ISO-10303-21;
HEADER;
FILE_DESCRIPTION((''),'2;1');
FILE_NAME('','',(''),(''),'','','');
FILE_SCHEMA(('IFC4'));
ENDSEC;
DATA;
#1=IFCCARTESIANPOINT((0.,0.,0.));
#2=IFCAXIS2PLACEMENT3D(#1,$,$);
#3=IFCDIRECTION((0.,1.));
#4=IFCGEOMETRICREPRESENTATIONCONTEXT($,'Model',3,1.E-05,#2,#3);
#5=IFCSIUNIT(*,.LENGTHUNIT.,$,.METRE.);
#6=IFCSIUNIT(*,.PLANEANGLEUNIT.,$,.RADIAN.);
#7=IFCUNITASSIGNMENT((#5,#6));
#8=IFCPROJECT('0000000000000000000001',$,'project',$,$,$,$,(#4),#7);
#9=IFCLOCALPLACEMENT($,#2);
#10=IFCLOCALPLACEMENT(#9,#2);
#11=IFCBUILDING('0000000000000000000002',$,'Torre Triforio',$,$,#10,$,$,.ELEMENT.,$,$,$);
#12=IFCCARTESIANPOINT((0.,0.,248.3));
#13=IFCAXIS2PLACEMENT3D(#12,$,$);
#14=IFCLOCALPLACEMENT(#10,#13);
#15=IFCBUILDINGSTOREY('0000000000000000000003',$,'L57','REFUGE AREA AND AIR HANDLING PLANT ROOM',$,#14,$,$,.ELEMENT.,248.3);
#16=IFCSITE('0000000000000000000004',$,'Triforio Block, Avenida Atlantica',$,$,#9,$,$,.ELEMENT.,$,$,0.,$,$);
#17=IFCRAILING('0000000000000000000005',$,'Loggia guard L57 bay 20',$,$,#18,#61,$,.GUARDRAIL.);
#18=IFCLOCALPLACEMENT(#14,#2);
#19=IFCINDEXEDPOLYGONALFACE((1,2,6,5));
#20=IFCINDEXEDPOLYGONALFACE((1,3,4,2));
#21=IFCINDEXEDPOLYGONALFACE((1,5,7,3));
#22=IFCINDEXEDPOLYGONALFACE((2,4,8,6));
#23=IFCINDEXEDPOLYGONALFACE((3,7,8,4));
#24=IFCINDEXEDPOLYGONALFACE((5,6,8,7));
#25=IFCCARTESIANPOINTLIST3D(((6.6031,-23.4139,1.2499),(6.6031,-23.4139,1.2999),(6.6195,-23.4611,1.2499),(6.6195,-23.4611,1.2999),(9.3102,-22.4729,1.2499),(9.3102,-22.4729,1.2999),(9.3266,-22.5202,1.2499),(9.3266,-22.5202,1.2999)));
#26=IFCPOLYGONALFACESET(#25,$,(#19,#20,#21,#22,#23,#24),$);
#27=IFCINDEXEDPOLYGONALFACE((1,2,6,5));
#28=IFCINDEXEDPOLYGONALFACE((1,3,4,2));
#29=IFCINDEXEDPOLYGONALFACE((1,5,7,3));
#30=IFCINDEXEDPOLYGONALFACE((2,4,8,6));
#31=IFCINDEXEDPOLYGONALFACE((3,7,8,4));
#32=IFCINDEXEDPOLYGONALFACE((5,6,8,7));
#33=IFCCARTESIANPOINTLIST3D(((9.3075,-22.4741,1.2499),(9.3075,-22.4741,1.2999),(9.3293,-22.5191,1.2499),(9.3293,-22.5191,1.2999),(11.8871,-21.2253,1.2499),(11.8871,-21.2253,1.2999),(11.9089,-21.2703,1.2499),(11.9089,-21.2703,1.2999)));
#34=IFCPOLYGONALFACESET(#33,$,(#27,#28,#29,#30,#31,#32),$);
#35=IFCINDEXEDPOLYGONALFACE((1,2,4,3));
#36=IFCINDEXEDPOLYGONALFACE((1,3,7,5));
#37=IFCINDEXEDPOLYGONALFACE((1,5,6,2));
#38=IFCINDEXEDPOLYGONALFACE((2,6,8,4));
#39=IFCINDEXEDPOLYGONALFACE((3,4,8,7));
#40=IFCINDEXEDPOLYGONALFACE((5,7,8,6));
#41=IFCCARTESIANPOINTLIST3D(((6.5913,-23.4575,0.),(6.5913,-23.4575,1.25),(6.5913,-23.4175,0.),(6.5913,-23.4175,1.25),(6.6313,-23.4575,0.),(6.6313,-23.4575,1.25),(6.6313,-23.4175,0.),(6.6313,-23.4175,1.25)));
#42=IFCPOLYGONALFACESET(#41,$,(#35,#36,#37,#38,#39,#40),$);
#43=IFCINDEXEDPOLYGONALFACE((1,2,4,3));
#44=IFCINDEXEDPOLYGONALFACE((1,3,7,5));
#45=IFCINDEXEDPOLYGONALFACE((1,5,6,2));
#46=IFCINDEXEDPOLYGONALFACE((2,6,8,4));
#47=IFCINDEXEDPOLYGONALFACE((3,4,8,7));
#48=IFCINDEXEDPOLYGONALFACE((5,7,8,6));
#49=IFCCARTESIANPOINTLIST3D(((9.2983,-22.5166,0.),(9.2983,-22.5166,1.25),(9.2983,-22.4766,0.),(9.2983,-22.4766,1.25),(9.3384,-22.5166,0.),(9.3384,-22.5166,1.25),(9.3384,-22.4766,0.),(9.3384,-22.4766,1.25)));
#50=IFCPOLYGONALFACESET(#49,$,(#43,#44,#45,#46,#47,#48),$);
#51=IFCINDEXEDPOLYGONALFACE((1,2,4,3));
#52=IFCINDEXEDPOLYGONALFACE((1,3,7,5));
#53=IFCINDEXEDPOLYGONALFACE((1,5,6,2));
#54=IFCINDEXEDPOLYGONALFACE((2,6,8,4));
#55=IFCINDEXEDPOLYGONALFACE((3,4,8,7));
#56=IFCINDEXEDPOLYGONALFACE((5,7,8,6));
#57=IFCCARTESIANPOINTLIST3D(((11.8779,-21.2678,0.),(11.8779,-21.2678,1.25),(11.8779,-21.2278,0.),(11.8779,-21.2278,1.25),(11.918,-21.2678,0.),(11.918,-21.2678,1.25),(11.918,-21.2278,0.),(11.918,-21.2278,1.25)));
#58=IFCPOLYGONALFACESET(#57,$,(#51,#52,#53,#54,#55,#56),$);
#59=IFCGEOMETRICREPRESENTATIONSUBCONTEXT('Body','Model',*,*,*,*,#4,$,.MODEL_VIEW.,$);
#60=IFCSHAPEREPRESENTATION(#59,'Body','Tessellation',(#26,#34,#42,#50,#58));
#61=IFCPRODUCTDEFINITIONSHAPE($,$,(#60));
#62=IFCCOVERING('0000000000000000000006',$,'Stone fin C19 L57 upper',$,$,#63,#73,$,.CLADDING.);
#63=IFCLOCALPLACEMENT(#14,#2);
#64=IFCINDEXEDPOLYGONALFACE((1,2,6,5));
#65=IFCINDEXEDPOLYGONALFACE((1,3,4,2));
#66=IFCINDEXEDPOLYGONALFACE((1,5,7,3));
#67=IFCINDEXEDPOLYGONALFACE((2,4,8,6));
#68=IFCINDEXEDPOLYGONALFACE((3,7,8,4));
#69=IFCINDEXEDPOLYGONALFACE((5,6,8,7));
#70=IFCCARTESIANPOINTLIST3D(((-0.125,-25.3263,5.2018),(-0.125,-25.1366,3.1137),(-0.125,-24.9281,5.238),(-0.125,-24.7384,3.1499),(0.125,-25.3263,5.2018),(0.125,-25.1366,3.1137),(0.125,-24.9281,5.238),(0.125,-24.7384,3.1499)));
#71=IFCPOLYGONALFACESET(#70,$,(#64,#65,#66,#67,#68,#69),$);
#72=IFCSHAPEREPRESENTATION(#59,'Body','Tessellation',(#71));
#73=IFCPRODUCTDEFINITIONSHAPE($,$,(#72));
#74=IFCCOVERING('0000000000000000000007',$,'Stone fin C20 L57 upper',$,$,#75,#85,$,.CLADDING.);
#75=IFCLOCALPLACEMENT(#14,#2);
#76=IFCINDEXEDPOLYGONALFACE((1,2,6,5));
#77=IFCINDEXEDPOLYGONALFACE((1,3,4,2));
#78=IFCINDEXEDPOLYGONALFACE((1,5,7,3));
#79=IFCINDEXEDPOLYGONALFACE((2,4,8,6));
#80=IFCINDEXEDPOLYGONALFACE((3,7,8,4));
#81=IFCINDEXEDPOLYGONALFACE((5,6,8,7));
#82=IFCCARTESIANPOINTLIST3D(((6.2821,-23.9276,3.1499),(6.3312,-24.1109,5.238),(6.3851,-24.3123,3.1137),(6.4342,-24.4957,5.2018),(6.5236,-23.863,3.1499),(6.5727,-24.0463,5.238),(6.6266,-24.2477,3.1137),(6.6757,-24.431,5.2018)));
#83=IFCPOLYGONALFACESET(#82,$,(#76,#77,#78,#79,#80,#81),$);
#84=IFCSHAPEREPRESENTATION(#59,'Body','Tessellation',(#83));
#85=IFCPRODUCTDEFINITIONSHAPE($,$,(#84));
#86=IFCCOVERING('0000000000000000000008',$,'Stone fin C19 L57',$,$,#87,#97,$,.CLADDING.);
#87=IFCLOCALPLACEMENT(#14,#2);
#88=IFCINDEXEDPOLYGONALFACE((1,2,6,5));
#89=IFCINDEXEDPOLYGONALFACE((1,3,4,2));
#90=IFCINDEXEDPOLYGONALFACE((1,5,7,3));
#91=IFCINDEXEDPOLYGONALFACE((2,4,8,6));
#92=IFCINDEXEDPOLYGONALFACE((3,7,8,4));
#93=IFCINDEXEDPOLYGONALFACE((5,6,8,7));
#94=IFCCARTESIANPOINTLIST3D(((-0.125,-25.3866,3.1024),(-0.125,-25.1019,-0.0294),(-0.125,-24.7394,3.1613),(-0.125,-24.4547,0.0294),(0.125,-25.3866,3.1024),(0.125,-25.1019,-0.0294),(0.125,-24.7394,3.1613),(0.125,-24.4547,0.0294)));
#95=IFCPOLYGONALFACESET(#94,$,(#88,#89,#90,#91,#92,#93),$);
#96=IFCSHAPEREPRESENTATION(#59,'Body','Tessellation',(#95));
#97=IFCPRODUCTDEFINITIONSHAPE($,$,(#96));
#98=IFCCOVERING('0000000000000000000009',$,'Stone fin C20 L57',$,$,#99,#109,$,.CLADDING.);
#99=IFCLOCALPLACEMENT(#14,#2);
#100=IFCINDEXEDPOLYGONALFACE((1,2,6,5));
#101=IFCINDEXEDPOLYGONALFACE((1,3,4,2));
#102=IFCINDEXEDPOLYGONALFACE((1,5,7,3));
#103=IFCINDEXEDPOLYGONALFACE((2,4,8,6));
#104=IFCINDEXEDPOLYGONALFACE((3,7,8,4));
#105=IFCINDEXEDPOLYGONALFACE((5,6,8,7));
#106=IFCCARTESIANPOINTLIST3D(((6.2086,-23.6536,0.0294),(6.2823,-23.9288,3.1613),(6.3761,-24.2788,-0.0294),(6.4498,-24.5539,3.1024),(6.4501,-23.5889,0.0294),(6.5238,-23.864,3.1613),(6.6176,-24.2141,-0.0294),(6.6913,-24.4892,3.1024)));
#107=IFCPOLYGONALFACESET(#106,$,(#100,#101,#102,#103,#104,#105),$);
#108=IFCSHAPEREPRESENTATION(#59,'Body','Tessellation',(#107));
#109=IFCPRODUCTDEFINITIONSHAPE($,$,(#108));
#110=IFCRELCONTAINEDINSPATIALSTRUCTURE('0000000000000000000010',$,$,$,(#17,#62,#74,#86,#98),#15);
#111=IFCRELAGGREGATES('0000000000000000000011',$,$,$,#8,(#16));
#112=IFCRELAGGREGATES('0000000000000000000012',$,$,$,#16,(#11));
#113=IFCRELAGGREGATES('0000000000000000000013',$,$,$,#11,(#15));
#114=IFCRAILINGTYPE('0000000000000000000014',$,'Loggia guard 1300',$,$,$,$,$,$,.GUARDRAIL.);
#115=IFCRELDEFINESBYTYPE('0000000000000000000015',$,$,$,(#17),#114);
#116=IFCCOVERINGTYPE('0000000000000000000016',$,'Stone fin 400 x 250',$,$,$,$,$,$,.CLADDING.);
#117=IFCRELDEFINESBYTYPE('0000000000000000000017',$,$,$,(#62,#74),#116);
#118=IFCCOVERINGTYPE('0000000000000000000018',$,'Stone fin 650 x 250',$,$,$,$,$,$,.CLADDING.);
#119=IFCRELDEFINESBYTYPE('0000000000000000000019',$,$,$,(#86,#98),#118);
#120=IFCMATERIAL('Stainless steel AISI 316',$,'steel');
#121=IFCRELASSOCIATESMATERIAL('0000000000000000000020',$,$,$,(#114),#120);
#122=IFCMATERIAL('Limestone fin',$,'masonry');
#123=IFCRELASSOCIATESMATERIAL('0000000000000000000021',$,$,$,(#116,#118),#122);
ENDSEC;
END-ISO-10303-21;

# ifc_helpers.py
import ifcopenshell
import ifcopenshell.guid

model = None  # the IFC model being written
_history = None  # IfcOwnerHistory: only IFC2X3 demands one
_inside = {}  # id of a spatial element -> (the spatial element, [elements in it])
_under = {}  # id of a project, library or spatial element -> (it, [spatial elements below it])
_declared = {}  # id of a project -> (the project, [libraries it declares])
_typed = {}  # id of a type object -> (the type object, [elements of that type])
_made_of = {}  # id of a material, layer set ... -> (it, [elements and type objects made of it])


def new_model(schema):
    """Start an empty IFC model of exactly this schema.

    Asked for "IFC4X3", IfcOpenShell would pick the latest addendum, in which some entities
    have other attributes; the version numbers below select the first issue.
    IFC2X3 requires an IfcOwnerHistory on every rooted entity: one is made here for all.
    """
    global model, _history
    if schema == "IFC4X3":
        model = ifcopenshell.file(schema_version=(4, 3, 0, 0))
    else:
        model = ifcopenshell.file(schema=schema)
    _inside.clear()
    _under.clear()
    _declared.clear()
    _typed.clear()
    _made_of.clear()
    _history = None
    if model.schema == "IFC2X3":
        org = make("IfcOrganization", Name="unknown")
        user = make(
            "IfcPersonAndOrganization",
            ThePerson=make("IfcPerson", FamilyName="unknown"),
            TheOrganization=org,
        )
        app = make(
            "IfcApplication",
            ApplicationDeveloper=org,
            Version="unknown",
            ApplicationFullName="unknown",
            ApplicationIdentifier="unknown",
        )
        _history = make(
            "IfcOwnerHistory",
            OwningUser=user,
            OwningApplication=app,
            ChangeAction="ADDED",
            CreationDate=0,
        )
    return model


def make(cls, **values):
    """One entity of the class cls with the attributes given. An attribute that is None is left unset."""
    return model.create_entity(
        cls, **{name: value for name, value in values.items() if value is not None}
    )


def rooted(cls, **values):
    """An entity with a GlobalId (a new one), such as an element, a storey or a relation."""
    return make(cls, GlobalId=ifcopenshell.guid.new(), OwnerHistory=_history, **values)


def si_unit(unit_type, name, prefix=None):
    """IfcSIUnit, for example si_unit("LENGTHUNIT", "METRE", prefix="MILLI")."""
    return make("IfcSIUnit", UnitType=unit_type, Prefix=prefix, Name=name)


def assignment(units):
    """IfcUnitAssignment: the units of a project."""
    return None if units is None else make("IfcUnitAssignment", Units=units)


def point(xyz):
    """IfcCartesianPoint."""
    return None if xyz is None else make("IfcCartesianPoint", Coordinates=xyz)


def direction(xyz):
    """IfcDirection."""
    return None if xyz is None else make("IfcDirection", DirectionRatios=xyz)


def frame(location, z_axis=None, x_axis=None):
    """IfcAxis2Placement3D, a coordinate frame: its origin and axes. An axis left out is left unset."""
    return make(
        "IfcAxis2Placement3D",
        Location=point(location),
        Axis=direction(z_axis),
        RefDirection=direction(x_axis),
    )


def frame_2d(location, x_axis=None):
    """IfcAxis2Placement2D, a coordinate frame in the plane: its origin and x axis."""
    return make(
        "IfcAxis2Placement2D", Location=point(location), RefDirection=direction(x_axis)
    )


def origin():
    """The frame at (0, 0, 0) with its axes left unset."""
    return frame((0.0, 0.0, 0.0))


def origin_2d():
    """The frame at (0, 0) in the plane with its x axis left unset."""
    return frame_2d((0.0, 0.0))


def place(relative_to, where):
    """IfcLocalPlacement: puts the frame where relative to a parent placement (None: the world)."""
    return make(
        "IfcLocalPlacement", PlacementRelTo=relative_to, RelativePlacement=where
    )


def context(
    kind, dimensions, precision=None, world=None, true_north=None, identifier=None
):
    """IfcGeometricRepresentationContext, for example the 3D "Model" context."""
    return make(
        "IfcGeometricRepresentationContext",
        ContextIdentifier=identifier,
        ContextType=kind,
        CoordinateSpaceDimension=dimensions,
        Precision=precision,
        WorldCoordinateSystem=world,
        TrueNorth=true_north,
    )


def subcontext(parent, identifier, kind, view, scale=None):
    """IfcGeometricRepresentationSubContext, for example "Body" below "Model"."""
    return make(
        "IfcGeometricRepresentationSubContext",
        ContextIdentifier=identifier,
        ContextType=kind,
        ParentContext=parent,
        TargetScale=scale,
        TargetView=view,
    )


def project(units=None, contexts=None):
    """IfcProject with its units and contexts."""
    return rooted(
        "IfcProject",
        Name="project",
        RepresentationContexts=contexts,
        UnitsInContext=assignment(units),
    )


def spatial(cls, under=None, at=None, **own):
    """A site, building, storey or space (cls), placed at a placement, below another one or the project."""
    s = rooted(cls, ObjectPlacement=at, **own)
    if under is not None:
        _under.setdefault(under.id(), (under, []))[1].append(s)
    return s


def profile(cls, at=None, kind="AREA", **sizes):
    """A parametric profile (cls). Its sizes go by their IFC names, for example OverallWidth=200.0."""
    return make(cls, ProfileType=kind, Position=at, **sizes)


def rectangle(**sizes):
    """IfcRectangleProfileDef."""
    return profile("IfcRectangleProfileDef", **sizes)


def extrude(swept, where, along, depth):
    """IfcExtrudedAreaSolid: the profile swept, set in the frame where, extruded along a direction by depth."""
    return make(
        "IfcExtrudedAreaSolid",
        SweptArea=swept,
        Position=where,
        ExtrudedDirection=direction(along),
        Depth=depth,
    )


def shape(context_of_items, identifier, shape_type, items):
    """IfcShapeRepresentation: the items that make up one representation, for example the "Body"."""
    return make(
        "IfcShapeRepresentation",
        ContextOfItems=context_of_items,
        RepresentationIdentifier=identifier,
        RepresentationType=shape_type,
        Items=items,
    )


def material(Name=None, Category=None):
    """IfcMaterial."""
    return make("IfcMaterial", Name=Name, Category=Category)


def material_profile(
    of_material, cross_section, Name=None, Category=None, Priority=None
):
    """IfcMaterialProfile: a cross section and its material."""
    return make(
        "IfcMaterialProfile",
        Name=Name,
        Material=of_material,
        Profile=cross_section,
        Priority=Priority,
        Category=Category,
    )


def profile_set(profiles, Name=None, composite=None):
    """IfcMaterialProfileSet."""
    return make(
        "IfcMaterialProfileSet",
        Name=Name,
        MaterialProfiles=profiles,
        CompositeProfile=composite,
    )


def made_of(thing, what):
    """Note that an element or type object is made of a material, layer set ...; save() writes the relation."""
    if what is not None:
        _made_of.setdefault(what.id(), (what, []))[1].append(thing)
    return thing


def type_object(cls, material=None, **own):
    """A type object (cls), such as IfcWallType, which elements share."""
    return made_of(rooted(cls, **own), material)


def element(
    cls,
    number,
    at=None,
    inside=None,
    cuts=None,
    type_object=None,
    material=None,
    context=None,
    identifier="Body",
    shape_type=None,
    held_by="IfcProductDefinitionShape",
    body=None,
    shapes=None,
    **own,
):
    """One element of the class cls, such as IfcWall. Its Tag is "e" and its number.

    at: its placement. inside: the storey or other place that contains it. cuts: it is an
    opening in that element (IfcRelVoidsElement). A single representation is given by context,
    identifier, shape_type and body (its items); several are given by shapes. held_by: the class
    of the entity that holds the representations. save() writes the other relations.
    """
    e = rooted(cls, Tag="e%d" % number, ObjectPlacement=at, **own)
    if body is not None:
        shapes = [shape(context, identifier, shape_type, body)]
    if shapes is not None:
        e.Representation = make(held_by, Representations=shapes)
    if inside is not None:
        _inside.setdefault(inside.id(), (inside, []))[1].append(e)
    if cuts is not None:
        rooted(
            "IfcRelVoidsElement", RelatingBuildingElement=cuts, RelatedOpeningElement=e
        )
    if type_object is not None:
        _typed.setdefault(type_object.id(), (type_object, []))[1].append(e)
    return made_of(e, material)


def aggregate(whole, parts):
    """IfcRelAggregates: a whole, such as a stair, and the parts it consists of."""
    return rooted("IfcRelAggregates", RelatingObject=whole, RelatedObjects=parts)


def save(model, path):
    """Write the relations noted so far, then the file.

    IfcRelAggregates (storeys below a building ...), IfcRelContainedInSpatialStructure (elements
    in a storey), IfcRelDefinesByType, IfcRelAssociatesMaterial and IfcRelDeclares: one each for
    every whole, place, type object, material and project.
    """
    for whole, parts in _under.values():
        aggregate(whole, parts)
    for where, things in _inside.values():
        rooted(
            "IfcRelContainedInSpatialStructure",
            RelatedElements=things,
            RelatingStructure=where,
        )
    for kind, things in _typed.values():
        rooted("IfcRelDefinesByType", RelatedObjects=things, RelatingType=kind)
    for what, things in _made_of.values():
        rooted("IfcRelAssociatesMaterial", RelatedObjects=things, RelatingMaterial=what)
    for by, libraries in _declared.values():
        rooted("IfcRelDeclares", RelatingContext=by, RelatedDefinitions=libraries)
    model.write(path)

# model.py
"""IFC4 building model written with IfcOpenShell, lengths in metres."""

from ifc_helpers import new_model, si_unit, direction, frame, origin, origin_2d, place, context, subcontext, project, spatial, rectangle, extrude, material, material_profile, profile_set, type_object, element, save


model = new_model("IFC4")

# Units and contexts
model_context = context("Model", 3, precision=1e-05, world=origin(), true_north=direction((0.0, 1.0)))
body_context = subcontext(model_context, "Body", "Model", "MODEL_VIEW")
ifc_project = project(units=[si_unit("LENGTHUNIT", "METRE"), si_unit("PLANEANGLEUNIT", "RADIAN")], contexts=[model_context])

# Site, building, storey
site_placement = place(None, origin())
site = spatial("IfcSite", under=ifc_project, at=site_placement, Name="Triforio Block, Avenida Atlantica", CompositionType="ELEMENT", RefElevation=0.0)
building_placement = place(site_placement, origin())
building = spatial("IfcBuilding", under=site, at=building_placement, Name="Torre Triforio", CompositionType="ELEMENT")
storey_placement = place(building_placement, frame((0.0, 0.0, 248.3)))
storey = spatial("IfcBuildingStorey", under=building, at=storey_placement, Name="L57", Description="REFUGE AREA AND AIR HANDLING PLANT ROOM", CompositionType="ELEMENT", Elevation=248.3)

# Railing
ifc_material_1 = material(Name="Stainless steel AISI 316", Category="steel")
railing_type = type_object("IfcRailingType", Name="Loggia guard 1300", PredefinedType="GUARDRAIL", material=ifc_material_1)
railing_1_placement = place(storey_placement, frame((6.6113, -23.4375, 0.0)))
element("IfcRailing", 1, at=railing_1_placement, inside=storey, type_object=railing_type, Name="Loggia guard L57 bay 20", PredefinedType="GUARDRAIL", context=body_context, shape_type="SweptSolid", body=[
    extrude(rectangle(XDim=0.05, YDim=0.05, at=origin_2d()), frame((0.0, 0.0, 1.2749), z_axis=(0.944568, 0.328316, 0.0), x_axis=(-0.328316, 0.944568, 0.0)), (0.0, 0.0, 1.0), 2.866),
    extrude(rectangle(XDim=0.05, YDim=0.05, at=origin_2d()), frame((2.707, 0.9409, 1.2749), z_axis=(0.900078, 0.435728, 0.0), x_axis=(-0.435728, 0.900078, 0.0)), (0.0, 0.0, 1.0), 2.866),
    extrude(rectangle(XDim=0.04, YDim=0.04, at=origin_2d()), origin(), (0.0, 0.0, 1.0), 1.25),
    extrude(rectangle(XDim=0.04, YDim=0.04, at=origin_2d()), frame((2.707, 0.9409, 0.0)), (0.0, 0.0, 1.0), 1.25),
    extrude(rectangle(XDim=0.04, YDim=0.04, at=origin_2d()), frame((5.2866, 2.1897, 0.0)), (0.0, 0.0, 1.0), 1.25),
])

# Coverings
ifc_material_2 = material(Name="Limestone fin", Category="masonry")
ifc_material_profile_1 = material_profile(ifc_material_2, rectangle(XDim=0.3999, YDim=0.25, at=origin_2d()), Name="FIN 400x250")
ifc_profile_set_1 = profile_set([ifc_material_profile_1], Name="Limestone fin")
covering_type_1 = type_object("IfcCoveringType", Name="Stone fin 400 x 250", PredefinedType="CLADDING", material=ifc_profile_set_1)
for number, where, z_axis, x_axis, name in (
    (2, (0.0, -24.9375, 3.1318), (0.0, -0.090473, 0.995899), (0.0, 0.995899, 0.090473), "Stone fin C19 L57 upper"),
    (3, (6.4543, -24.0876, 3.1318), (0.023404, -0.087445, 0.995894), (-0.257482, 0.962034, 0.090523), "Stone fin C20 L57 upper"),
):
    element("IfcCovering", number, at=place(storey_placement, frame(where, z_axis=z_axis, x_axis=x_axis)), inside=storey, type_object=covering_type_1, Name=name, PredefinedType="CLADDING", context=body_context, shape_type="SweptSolid", body=[
        extrude(rectangle(XDim=0.3999, YDim=0.25, at=origin_2d()), origin(), (0.0, 0.0, 1.0), 2.0967),
    ])
ifc_material_profile_2 = material_profile(ifc_material_2, rectangle(XDim=0.6499, YDim=0.25, at=origin_2d()), Name="FIN 650x250")
ifc_profile_set_2 = profile_set([ifc_material_profile_2], Name="Limestone fin")
covering_type_2 = type_object("IfcCoveringType", Name="Stone fin 650 x 250", PredefinedType="CLADDING", material=ifc_profile_set_2)
for number, where, z_axis, x_axis, name in (
    (4, (0.0, -24.7783, 0.0), (0.0, -0.090522, 0.995894), (0.0, 0.995894, 0.090522), "Stone fin C19 L57"),
    (5, (6.4131, -23.9338, 0.0), (0.023445, -0.087494, 0.995889), (-0.257772, 0.961951, 0.09058), "Stone fin C20 L57"),
):
    element("IfcCovering", number, at=place(storey_placement, frame(where, z_axis=z_axis, x_axis=x_axis)), inside=storey, type_object=covering_type_2, Name=name, PredefinedType="CLADDING", context=body_context, shape_type="SweptSolid", body=[
        extrude(rectangle(XDim=0.6499, YDim=0.25, at=origin_2d()), origin(), (0.0, 0.0, 1.0), 3.1448),
    ])

save(model, "model.ifc")
